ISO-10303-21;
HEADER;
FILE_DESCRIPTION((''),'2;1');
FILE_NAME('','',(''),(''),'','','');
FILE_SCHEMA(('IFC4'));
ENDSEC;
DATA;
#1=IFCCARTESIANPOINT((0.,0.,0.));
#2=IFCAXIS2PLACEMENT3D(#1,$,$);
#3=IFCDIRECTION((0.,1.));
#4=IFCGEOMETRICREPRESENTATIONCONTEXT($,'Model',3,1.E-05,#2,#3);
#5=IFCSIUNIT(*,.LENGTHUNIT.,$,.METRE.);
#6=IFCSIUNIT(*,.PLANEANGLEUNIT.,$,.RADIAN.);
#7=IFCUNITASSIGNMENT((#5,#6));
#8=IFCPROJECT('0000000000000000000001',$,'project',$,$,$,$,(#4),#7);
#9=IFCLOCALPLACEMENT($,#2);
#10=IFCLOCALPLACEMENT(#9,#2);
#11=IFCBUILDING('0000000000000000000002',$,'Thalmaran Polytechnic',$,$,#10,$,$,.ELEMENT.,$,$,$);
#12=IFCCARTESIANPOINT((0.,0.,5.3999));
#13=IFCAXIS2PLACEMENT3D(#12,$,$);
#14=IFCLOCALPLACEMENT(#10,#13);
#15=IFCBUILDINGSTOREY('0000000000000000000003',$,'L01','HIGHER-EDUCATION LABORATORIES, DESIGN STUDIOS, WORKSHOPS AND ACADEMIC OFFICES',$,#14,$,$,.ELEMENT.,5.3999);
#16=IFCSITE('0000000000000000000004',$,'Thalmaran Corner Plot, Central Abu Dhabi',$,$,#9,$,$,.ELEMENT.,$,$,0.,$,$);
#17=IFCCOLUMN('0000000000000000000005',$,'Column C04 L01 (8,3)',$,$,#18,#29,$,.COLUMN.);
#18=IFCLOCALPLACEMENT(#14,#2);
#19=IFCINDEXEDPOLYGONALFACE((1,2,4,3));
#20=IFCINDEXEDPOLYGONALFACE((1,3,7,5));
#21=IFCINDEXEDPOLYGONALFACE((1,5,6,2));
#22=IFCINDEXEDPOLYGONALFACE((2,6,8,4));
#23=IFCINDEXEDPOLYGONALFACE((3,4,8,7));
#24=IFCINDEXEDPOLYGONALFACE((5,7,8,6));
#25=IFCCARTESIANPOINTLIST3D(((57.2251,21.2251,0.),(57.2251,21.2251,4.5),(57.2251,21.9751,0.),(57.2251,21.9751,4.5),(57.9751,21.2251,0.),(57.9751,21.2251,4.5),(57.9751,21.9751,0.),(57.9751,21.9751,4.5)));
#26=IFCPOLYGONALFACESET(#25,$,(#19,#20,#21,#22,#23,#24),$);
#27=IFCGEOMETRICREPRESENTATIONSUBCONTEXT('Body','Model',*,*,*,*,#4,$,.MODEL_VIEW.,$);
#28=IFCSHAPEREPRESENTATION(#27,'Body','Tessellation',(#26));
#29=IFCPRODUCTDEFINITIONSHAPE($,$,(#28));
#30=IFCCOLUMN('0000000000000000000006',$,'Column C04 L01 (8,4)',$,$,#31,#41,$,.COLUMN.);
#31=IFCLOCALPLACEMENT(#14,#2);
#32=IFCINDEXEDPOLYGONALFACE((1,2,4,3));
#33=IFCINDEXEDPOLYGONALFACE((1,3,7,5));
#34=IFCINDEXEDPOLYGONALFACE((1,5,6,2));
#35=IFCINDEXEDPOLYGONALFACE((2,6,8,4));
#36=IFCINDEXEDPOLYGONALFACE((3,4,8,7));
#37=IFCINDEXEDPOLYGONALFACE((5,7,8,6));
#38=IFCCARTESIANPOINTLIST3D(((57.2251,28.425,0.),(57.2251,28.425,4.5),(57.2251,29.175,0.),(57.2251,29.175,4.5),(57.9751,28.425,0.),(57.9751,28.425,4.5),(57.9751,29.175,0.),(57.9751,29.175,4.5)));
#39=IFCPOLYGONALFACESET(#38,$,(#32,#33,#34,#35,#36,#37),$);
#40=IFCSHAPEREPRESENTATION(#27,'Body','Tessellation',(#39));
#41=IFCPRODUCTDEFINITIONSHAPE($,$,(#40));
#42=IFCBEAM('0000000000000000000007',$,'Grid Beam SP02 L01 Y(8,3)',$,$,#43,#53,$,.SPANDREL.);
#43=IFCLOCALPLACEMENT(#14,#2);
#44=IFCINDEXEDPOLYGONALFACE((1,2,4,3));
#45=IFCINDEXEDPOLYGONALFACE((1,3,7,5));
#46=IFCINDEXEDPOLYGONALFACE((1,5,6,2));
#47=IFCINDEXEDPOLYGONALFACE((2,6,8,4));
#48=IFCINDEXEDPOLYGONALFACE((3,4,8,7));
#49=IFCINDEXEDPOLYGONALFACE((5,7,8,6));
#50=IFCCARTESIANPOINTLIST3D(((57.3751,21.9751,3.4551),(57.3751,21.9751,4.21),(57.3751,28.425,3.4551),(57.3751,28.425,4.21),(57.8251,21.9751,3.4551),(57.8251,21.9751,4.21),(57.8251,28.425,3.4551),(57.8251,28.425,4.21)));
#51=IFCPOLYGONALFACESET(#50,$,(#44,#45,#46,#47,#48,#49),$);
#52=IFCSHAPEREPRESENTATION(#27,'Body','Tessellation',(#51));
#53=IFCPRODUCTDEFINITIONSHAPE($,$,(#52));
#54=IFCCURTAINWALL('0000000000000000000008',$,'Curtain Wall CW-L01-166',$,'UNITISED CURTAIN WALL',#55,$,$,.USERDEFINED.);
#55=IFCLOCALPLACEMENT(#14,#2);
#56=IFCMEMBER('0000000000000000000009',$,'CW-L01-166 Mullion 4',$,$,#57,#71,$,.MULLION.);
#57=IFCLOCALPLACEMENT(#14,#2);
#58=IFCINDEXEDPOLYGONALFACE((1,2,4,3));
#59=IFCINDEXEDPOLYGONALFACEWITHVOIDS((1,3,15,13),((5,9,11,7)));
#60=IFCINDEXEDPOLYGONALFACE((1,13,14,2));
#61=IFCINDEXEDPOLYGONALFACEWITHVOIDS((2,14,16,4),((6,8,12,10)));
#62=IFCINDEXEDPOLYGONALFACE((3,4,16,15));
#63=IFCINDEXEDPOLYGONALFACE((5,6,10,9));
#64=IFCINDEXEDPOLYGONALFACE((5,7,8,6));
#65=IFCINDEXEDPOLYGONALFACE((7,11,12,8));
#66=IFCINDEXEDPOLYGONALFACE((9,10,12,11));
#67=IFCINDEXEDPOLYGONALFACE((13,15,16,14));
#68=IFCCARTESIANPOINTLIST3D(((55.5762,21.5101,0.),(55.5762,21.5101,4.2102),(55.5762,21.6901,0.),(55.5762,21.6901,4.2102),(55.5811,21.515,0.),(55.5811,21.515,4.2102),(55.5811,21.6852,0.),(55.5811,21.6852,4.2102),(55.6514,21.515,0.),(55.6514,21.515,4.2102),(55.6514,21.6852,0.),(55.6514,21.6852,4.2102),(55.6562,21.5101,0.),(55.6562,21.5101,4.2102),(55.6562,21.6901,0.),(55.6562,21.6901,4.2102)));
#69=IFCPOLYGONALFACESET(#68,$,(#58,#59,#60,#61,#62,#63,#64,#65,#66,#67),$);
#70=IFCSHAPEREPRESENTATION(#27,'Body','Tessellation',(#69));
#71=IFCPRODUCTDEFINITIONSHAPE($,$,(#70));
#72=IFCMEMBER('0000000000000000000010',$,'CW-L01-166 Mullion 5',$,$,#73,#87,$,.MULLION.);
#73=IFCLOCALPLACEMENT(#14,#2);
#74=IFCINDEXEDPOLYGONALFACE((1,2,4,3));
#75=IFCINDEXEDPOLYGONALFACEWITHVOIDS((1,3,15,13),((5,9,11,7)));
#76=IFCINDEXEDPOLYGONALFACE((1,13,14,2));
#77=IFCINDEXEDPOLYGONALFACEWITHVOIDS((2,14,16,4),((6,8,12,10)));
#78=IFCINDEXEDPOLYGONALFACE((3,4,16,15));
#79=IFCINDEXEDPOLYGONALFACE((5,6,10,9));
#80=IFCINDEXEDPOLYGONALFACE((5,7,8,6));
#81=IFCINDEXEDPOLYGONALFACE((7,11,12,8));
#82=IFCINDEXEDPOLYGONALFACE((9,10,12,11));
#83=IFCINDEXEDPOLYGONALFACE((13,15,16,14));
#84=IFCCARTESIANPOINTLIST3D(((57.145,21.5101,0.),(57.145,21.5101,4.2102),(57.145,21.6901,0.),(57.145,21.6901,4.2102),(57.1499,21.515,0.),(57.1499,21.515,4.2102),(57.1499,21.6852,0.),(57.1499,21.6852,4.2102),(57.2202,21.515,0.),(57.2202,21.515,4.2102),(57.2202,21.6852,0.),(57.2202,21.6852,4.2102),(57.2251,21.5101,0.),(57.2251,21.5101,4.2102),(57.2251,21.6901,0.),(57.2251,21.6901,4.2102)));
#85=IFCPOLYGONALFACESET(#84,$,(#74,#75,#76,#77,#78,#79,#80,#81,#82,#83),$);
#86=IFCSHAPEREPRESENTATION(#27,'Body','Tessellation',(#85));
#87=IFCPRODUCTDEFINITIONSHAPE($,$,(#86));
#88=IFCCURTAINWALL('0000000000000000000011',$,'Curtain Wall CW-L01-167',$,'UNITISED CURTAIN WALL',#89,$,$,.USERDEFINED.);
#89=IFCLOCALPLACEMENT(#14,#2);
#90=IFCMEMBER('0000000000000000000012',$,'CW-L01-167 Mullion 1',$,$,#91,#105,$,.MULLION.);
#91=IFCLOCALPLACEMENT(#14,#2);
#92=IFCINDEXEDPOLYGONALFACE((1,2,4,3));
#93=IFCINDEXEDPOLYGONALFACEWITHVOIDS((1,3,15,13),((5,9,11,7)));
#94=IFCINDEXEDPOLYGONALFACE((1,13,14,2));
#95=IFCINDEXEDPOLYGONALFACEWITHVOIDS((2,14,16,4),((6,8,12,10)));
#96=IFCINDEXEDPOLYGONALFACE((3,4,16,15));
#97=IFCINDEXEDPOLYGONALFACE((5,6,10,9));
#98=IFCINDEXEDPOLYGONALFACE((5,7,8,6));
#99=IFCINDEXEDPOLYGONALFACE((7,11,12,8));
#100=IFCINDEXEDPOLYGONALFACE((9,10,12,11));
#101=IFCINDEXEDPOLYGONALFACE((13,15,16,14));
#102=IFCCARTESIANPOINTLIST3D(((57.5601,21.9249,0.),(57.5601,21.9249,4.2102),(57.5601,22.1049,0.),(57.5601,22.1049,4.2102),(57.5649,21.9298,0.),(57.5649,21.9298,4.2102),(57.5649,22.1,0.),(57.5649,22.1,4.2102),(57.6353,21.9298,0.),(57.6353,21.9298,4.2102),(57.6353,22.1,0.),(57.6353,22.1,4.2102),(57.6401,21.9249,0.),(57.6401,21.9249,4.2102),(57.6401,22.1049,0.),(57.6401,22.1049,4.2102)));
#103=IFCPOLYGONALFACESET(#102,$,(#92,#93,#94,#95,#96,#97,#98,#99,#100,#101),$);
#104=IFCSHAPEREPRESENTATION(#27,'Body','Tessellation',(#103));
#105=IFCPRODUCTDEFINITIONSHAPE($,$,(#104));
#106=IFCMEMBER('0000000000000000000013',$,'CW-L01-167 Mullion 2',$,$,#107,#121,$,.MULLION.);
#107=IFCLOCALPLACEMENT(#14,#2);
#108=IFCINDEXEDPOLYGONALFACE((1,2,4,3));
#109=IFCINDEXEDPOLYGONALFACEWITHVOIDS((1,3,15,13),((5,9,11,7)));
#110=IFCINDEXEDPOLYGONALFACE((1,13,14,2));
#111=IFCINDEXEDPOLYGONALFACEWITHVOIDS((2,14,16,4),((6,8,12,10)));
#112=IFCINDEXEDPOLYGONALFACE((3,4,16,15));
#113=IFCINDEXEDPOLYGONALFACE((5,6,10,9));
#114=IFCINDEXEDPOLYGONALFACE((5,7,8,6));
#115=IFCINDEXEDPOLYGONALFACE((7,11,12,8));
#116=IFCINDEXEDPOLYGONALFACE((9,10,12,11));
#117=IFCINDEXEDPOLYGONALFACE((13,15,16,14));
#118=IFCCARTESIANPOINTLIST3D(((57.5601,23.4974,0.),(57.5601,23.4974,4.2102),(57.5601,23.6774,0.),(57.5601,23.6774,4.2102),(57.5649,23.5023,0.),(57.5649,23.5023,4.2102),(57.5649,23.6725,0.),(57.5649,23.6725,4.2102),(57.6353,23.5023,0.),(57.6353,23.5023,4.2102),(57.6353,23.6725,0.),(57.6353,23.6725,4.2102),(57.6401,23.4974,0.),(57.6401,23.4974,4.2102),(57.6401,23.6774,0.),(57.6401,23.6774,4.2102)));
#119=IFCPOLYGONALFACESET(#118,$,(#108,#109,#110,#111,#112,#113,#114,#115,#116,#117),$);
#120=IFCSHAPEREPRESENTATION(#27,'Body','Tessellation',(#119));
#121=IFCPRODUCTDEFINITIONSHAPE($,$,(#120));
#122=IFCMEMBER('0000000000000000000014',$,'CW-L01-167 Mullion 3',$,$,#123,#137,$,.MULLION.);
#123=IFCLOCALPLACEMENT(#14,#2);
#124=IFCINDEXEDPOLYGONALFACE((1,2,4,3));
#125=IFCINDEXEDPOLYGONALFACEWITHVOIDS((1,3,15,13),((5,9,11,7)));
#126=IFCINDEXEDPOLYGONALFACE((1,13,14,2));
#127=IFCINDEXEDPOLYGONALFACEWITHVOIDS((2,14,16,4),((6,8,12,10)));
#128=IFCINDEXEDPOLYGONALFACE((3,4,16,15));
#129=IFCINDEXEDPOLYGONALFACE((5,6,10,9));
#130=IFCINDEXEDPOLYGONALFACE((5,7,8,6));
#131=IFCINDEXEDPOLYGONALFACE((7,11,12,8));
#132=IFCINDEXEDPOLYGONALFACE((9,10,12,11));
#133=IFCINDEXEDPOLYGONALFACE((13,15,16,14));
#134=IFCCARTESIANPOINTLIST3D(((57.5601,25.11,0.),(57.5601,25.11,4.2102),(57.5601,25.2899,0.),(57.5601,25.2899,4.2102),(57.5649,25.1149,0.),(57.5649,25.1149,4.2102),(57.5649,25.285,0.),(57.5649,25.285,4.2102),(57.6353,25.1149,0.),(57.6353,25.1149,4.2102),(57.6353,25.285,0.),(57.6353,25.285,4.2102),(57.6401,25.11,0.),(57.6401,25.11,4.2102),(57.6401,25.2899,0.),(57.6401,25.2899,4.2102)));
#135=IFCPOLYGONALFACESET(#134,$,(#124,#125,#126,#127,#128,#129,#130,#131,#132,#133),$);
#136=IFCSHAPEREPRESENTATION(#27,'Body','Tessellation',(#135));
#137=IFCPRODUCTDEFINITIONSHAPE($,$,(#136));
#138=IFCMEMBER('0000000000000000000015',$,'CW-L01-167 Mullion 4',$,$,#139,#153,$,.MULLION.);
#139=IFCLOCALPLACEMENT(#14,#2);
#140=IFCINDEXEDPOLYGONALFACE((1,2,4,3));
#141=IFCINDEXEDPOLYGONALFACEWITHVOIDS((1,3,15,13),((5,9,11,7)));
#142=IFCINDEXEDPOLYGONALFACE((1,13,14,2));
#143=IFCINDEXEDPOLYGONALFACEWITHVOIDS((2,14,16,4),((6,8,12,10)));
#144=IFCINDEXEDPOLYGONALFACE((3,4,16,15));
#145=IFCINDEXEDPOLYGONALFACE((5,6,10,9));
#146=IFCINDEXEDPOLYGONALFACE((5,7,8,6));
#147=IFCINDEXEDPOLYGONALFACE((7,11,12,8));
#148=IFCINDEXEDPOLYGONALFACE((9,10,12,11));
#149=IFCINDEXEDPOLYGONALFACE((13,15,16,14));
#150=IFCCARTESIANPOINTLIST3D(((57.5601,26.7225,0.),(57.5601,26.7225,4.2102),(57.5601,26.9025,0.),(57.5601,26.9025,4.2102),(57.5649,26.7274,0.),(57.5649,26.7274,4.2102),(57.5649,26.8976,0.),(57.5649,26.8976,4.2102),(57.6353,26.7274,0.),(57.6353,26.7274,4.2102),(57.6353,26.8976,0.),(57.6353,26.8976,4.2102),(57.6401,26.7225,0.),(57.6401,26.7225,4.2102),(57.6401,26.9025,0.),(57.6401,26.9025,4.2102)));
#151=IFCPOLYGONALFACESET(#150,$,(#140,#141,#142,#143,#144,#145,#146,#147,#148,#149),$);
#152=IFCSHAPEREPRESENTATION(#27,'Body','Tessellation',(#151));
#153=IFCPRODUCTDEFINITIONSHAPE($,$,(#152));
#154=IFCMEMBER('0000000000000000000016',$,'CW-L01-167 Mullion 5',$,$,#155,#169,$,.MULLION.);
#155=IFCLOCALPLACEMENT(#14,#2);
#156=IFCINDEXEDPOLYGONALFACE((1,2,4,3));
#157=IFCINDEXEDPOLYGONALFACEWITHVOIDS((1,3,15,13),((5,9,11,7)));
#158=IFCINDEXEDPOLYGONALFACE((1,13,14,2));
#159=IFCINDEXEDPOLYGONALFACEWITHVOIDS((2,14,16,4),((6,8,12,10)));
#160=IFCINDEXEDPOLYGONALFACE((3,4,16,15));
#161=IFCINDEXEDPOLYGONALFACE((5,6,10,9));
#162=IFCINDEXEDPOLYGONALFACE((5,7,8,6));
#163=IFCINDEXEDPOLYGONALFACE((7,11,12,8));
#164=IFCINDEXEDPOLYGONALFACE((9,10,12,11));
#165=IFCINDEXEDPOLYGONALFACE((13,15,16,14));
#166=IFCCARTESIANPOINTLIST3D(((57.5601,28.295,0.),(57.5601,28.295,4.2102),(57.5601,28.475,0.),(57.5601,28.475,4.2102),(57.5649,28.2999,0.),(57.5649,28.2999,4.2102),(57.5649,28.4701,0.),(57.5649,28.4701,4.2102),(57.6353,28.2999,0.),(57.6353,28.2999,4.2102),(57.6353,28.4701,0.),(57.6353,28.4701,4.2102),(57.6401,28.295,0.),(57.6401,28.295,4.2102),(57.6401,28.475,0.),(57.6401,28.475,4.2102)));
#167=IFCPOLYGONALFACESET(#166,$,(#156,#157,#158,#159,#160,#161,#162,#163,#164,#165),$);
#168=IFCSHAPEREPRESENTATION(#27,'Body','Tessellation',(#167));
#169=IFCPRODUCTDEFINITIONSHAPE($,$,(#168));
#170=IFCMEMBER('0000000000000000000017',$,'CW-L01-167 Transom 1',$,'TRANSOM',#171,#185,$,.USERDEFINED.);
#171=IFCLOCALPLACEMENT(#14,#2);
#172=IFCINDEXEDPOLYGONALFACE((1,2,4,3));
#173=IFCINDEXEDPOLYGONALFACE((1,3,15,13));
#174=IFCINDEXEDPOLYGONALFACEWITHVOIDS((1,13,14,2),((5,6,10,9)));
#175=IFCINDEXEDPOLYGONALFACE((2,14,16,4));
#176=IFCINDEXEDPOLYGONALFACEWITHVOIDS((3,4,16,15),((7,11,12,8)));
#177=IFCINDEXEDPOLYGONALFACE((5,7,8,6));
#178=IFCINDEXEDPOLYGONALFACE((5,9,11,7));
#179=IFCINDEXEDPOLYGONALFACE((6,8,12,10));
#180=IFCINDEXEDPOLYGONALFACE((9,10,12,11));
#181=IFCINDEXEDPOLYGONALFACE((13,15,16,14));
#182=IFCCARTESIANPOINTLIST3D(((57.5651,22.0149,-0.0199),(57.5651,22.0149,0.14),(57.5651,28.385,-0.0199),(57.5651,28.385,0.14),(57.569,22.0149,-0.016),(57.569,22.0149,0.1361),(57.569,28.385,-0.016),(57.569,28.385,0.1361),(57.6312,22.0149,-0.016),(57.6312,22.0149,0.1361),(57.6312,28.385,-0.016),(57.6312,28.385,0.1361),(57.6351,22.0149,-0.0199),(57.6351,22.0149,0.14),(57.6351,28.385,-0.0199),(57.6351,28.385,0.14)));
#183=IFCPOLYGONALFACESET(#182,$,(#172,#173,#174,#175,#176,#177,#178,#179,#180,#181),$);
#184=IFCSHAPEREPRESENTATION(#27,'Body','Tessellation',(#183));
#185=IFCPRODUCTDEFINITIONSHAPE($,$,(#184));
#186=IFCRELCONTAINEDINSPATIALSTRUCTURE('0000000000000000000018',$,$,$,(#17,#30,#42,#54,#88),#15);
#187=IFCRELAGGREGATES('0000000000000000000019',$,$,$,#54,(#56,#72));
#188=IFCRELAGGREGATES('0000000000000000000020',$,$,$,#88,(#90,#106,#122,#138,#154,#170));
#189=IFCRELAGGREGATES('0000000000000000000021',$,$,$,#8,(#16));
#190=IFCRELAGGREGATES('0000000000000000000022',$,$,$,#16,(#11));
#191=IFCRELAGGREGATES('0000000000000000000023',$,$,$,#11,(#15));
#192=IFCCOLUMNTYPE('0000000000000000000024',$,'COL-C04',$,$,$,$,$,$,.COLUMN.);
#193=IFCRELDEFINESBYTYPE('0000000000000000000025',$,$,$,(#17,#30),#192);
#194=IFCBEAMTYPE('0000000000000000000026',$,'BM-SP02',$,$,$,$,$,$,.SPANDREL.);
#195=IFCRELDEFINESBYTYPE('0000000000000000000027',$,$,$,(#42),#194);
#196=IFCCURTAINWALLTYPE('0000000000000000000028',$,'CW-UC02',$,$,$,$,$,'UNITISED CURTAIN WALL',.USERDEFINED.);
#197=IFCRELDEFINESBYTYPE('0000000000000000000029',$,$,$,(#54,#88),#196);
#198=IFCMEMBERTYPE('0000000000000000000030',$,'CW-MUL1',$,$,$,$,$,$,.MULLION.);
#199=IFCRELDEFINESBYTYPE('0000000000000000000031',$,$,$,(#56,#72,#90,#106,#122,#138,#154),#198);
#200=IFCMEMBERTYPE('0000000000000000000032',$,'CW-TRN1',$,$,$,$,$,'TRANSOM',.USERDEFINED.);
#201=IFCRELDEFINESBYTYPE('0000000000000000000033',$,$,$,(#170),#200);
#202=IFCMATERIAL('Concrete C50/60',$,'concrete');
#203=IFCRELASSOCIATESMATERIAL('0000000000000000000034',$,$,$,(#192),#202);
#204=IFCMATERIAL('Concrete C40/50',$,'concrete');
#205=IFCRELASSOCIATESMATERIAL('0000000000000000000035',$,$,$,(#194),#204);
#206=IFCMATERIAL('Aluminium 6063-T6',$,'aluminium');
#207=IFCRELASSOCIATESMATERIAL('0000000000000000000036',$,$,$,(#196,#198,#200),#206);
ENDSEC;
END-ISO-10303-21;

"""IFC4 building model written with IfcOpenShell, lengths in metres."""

from ifc_helpers import new_model, si_unit, direction, frame, origin, origin_2d, place, context, subcontext, project, spatial, rectangle, hollow_rectangle, extrude, material, material_profile, profile_set, type_object, element, aggregate, save


model = new_model("IFC4")

# Units and contexts
model_context = context("Model", 3, precision=1e-05, world=origin(), true_north=direction((0.0, 1.0)))
body_context = subcontext(model_context, "Body", "Model", "MODEL_VIEW")
ifc_project = project(units=[si_unit("LENGTHUNIT", "METRE"), si_unit("PLANEANGLEUNIT", "RADIAN")], contexts=[model_context])

# Site, building, storey
site_placement = place(None, origin())
site = spatial("IfcSite", under=ifc_project, at=site_placement, Name="Thalmaran Corner Plot, Central Abu Dhabi", CompositionType="ELEMENT", RefElevation=0.0)
building_placement = place(site_placement, origin())
building = spatial("IfcBuilding", under=site, at=building_placement, Name="Thalmaran Polytechnic", CompositionType="ELEMENT")
storey_placement = place(building_placement, frame((0.0, 0.0, 5.3999)))
storey = spatial("IfcBuildingStorey", under=building, at=storey_placement, Name="L01", Description="HIGHER-EDUCATION LABORATORIES, DESIGN STUDIOS, WORKSHOPS AND ACADEMIC OFFICES", CompositionType="ELEMENT", Elevation=5.3999)

# Columns
ifc_material_1 = material(Name="Concrete C50/60", Category="concrete")
ifc_material_profile_1 = material_profile(ifc_material_1, rectangle(XDim=0.75, YDim=0.75, at=origin_2d()), Name="RC 750x750")
ifc_profile_set_1 = profile_set([ifc_material_profile_1], Name="Concrete C50/60")
column_type = type_object("IfcColumnType", Name="COL-C04", PredefinedType="COLUMN", material=ifc_profile_set_1)
for number, where, z_axis, x_axis, name in (
    (1, (57.6001, 21.6001, 0.0), (0.0, 0.0, 1.0), (1.0, 0.0, 0.0), "Column C04 L01 (8,3)"),
    (2, (57.6001, 28.8, 0.0), (0.0, 0.0, 1.0), (1.0, 0.0, 0.0), "Column C04 L01 (8,4)"),
):
    element("IfcColumn", number, at=place(storey_placement, frame(where, z_axis=z_axis, x_axis=x_axis)), inside=storey, type_object=column_type, Name=name, PredefinedType="COLUMN", context=body_context, shape_type="SweptSolid", body=[
        extrude(rectangle(XDim=0.75, YDim=0.75, at=origin_2d()), origin(), (0.0, 0.0, 1.0), 4.5),
    ])

# Beam
ifc_material_2 = material(Name="Concrete C40/50", Category="concrete")
ifc_material_profile_2 = material_profile(ifc_material_2, rectangle(XDim=0.45, YDim=0.7549, at=origin_2d()), Name="RC 450x755")
ifc_profile_set_2 = profile_set([ifc_material_profile_2], Name="Concrete C40/50")
beam_type = type_object("IfcBeamType", Name="BM-SP02", PredefinedType="SPANDREL", material=ifc_profile_set_2)
beam_placement = place(storey_placement, frame((57.6001, 21.9751, 3.8325), z_axis=(0.0, 1.0, 0.0), x_axis=(-1.0, 0.0, 0.0)))
element("IfcBeam", 3, at=beam_placement, inside=storey, type_object=beam_type, Name="Grid Beam SP02 L01 Y(8,3)", PredefinedType="SPANDREL", context=body_context, shape_type="SweptSolid", body=[
    extrude(rectangle(XDim=0.45, YDim=0.7549, at=origin_2d()), origin(), (0.0, 0.0, 1.0), 6.45),
])

# Curtain walls, members
ifc_material_3 = material(Name="Aluminium 6063-T6", Category="aluminium")
curtain_wall_type = type_object("IfcCurtainWallType", Name="CW-UC02", ElementType="UNITISED CURTAIN WALL", PredefinedType="USERDEFINED", material=ifc_material_3)
curtain_wall_1_placement = place(storey_placement, origin())
curtain_wall_1 = element("IfcCurtainWall", 4, at=curtain_wall_1_placement, inside=storey, type_object=curtain_wall_type, Name="Curtain Wall CW-L01-166", ObjectType="UNITISED CURTAIN WALL", PredefinedType="USERDEFINED")
ifc_material_profile_3 = material_profile(ifc_material_3, hollow_rectangle(XDim=0.0801, YDim=0.1799, WallThickness=0.0049, at=origin_2d()), Name="RHS 180x80x5.0")
ifc_profile_set_3 = profile_set([ifc_material_profile_3], Name="Aluminium 6063-T6")
member_type_1 = type_object("IfcMemberType", Name="CW-MUL1", PredefinedType="MULLION", material=ifc_profile_set_3)
member_1_placement = place(storey_placement, frame((55.6162, 21.6001, 0.0), z_axis=(0.0, 0.0, 1.0), x_axis=(1.0, 0.0, 0.0)))
member_1 = element("IfcMember", 5, at=member_1_placement, type_object=member_type_1, Name="CW-L01-166 Mullion 4", PredefinedType="MULLION", context=body_context, shape_type="SweptSolid", body=[
    extrude(hollow_rectangle(XDim=0.0801, YDim=0.1799, WallThickness=0.0049, at=origin_2d()), origin(), (0.0, 0.0, 1.0), 4.2102),
])
member_2_placement = place(storey_placement, frame((57.1851, 21.6001, 0.0), z_axis=(0.0, 0.0, 1.0), x_axis=(1.0, 0.0, 0.0)))
member_2 = element("IfcMember", 6, at=member_2_placement, type_object=member_type_1, Name="CW-L01-166 Mullion 5", PredefinedType="MULLION", context=body_context, shape_type="SweptSolid", body=[
    extrude(hollow_rectangle(XDim=0.0801, YDim=0.1799, WallThickness=0.0049, at=origin_2d()), origin(), (0.0, 0.0, 1.0), 4.2102),
])
curtain_wall_2_placement = place(storey_placement, origin())
curtain_wall_2 = element("IfcCurtainWall", 7, at=curtain_wall_2_placement, inside=storey, type_object=curtain_wall_type, Name="Curtain Wall CW-L01-167", ObjectType="UNITISED CURTAIN WALL", PredefinedType="USERDEFINED")
member_3_placement = place(storey_placement, frame((57.6001, 22.0149, 0.0), z_axis=(0.0, 0.0, 1.0), x_axis=(1.0, 0.0, 0.0)))
member_3 = element("IfcMember", 8, at=member_3_placement, type_object=member_type_1, Name="CW-L01-167 Mullion 1", PredefinedType="MULLION", context=body_context, shape_type="SweptSolid", body=[
    extrude(hollow_rectangle(XDim=0.0801, YDim=0.1799, WallThickness=0.0049, at=origin_2d()), origin(), (0.0, 0.0, 1.0), 4.2102),
])
member_4_placement = place(storey_placement, frame((57.6001, 23.5874, 0.0), z_axis=(0.0, 0.0, 1.0), x_axis=(1.0, 0.0, 0.0)))
member_4 = element("IfcMember", 9, at=member_4_placement, type_object=member_type_1, Name="CW-L01-167 Mullion 2", PredefinedType="MULLION", context=body_context, shape_type="SweptSolid", body=[
    extrude(hollow_rectangle(XDim=0.0801, YDim=0.1799, WallThickness=0.0049, at=origin_2d()), origin(), (0.0, 0.0, 1.0), 4.2102),
])
member_5_placement = place(storey_placement, frame((57.6001, 25.2, 0.0), z_axis=(0.0, 0.0, 1.0), x_axis=(1.0, 0.0, 0.0)))
member_5 = element("IfcMember", 10, at=member_5_placement, type_object=member_type_1, Name="CW-L01-167 Mullion 3", PredefinedType="MULLION", context=body_context, shape_type="SweptSolid", body=[
    extrude(hollow_rectangle(XDim=0.0801, YDim=0.1799, WallThickness=0.0049, at=origin_2d()), origin(), (0.0, 0.0, 1.0), 4.2102),
])
member_6_placement = place(storey_placement, frame((57.6001, 26.8125, 0.0), z_axis=(0.0, 0.0, 1.0), x_axis=(1.0, 0.0, 0.0)))
member_6 = element("IfcMember", 11, at=member_6_placement, type_object=member_type_1, Name="CW-L01-167 Mullion 4", PredefinedType="MULLION", context=body_context, shape_type="SweptSolid", body=[
    extrude(hollow_rectangle(XDim=0.0801, YDim=0.1799, WallThickness=0.0049, at=origin_2d()), origin(), (0.0, 0.0, 1.0), 4.2102),
])
member_7_placement = place(storey_placement, frame((57.6001, 28.385, 0.0), z_axis=(0.0, 0.0, 1.0), x_axis=(1.0, 0.0, 0.0)))
member_7 = element("IfcMember", 12, at=member_7_placement, type_object=member_type_1, Name="CW-L01-167 Mullion 5", PredefinedType="MULLION", context=body_context, shape_type="SweptSolid", body=[
    extrude(hollow_rectangle(XDim=0.0801, YDim=0.1799, WallThickness=0.0049, at=origin_2d()), origin(), (0.0, 0.0, 1.0), 4.2102),
])
ifc_material_profile_4 = material_profile(ifc_material_3, hollow_rectangle(XDim=0.0701, YDim=0.1599, WallThickness=0.0039, at=origin_2d()), Name="AL 160x70x4.0")
ifc_profile_set_4 = profile_set([ifc_material_profile_4], Name="Aluminium 6063-T6")
member_type_2 = type_object("IfcMemberType", Name="CW-TRN1", ElementType="TRANSOM", PredefinedType="USERDEFINED", material=ifc_profile_set_4)
member_8_placement = place(storey_placement, frame((57.6001, 22.0149, 0.0601), z_axis=(0.0, 1.0, 0.0), x_axis=(-1.0, 0.0, 0.0)))
member_8 = element("IfcMember", 13, at=member_8_placement, type_object=member_type_2, Name="CW-L01-167 Transom 1", ObjectType="TRANSOM", PredefinedType="USERDEFINED", context=body_context, shape_type="SweptSolid", body=[
    extrude(hollow_rectangle(XDim=0.0701, YDim=0.1599, WallThickness=0.0039, at=origin_2d()), origin(), (0.0, 0.0, 1.0), 6.3701),
])

aggregate(curtain_wall_1, [member_1, member_2])
aggregate(curtain_wall_2, [member_3, member_4, member_5, member_6, member_7, member_8])

save(model, "model.ifc")
